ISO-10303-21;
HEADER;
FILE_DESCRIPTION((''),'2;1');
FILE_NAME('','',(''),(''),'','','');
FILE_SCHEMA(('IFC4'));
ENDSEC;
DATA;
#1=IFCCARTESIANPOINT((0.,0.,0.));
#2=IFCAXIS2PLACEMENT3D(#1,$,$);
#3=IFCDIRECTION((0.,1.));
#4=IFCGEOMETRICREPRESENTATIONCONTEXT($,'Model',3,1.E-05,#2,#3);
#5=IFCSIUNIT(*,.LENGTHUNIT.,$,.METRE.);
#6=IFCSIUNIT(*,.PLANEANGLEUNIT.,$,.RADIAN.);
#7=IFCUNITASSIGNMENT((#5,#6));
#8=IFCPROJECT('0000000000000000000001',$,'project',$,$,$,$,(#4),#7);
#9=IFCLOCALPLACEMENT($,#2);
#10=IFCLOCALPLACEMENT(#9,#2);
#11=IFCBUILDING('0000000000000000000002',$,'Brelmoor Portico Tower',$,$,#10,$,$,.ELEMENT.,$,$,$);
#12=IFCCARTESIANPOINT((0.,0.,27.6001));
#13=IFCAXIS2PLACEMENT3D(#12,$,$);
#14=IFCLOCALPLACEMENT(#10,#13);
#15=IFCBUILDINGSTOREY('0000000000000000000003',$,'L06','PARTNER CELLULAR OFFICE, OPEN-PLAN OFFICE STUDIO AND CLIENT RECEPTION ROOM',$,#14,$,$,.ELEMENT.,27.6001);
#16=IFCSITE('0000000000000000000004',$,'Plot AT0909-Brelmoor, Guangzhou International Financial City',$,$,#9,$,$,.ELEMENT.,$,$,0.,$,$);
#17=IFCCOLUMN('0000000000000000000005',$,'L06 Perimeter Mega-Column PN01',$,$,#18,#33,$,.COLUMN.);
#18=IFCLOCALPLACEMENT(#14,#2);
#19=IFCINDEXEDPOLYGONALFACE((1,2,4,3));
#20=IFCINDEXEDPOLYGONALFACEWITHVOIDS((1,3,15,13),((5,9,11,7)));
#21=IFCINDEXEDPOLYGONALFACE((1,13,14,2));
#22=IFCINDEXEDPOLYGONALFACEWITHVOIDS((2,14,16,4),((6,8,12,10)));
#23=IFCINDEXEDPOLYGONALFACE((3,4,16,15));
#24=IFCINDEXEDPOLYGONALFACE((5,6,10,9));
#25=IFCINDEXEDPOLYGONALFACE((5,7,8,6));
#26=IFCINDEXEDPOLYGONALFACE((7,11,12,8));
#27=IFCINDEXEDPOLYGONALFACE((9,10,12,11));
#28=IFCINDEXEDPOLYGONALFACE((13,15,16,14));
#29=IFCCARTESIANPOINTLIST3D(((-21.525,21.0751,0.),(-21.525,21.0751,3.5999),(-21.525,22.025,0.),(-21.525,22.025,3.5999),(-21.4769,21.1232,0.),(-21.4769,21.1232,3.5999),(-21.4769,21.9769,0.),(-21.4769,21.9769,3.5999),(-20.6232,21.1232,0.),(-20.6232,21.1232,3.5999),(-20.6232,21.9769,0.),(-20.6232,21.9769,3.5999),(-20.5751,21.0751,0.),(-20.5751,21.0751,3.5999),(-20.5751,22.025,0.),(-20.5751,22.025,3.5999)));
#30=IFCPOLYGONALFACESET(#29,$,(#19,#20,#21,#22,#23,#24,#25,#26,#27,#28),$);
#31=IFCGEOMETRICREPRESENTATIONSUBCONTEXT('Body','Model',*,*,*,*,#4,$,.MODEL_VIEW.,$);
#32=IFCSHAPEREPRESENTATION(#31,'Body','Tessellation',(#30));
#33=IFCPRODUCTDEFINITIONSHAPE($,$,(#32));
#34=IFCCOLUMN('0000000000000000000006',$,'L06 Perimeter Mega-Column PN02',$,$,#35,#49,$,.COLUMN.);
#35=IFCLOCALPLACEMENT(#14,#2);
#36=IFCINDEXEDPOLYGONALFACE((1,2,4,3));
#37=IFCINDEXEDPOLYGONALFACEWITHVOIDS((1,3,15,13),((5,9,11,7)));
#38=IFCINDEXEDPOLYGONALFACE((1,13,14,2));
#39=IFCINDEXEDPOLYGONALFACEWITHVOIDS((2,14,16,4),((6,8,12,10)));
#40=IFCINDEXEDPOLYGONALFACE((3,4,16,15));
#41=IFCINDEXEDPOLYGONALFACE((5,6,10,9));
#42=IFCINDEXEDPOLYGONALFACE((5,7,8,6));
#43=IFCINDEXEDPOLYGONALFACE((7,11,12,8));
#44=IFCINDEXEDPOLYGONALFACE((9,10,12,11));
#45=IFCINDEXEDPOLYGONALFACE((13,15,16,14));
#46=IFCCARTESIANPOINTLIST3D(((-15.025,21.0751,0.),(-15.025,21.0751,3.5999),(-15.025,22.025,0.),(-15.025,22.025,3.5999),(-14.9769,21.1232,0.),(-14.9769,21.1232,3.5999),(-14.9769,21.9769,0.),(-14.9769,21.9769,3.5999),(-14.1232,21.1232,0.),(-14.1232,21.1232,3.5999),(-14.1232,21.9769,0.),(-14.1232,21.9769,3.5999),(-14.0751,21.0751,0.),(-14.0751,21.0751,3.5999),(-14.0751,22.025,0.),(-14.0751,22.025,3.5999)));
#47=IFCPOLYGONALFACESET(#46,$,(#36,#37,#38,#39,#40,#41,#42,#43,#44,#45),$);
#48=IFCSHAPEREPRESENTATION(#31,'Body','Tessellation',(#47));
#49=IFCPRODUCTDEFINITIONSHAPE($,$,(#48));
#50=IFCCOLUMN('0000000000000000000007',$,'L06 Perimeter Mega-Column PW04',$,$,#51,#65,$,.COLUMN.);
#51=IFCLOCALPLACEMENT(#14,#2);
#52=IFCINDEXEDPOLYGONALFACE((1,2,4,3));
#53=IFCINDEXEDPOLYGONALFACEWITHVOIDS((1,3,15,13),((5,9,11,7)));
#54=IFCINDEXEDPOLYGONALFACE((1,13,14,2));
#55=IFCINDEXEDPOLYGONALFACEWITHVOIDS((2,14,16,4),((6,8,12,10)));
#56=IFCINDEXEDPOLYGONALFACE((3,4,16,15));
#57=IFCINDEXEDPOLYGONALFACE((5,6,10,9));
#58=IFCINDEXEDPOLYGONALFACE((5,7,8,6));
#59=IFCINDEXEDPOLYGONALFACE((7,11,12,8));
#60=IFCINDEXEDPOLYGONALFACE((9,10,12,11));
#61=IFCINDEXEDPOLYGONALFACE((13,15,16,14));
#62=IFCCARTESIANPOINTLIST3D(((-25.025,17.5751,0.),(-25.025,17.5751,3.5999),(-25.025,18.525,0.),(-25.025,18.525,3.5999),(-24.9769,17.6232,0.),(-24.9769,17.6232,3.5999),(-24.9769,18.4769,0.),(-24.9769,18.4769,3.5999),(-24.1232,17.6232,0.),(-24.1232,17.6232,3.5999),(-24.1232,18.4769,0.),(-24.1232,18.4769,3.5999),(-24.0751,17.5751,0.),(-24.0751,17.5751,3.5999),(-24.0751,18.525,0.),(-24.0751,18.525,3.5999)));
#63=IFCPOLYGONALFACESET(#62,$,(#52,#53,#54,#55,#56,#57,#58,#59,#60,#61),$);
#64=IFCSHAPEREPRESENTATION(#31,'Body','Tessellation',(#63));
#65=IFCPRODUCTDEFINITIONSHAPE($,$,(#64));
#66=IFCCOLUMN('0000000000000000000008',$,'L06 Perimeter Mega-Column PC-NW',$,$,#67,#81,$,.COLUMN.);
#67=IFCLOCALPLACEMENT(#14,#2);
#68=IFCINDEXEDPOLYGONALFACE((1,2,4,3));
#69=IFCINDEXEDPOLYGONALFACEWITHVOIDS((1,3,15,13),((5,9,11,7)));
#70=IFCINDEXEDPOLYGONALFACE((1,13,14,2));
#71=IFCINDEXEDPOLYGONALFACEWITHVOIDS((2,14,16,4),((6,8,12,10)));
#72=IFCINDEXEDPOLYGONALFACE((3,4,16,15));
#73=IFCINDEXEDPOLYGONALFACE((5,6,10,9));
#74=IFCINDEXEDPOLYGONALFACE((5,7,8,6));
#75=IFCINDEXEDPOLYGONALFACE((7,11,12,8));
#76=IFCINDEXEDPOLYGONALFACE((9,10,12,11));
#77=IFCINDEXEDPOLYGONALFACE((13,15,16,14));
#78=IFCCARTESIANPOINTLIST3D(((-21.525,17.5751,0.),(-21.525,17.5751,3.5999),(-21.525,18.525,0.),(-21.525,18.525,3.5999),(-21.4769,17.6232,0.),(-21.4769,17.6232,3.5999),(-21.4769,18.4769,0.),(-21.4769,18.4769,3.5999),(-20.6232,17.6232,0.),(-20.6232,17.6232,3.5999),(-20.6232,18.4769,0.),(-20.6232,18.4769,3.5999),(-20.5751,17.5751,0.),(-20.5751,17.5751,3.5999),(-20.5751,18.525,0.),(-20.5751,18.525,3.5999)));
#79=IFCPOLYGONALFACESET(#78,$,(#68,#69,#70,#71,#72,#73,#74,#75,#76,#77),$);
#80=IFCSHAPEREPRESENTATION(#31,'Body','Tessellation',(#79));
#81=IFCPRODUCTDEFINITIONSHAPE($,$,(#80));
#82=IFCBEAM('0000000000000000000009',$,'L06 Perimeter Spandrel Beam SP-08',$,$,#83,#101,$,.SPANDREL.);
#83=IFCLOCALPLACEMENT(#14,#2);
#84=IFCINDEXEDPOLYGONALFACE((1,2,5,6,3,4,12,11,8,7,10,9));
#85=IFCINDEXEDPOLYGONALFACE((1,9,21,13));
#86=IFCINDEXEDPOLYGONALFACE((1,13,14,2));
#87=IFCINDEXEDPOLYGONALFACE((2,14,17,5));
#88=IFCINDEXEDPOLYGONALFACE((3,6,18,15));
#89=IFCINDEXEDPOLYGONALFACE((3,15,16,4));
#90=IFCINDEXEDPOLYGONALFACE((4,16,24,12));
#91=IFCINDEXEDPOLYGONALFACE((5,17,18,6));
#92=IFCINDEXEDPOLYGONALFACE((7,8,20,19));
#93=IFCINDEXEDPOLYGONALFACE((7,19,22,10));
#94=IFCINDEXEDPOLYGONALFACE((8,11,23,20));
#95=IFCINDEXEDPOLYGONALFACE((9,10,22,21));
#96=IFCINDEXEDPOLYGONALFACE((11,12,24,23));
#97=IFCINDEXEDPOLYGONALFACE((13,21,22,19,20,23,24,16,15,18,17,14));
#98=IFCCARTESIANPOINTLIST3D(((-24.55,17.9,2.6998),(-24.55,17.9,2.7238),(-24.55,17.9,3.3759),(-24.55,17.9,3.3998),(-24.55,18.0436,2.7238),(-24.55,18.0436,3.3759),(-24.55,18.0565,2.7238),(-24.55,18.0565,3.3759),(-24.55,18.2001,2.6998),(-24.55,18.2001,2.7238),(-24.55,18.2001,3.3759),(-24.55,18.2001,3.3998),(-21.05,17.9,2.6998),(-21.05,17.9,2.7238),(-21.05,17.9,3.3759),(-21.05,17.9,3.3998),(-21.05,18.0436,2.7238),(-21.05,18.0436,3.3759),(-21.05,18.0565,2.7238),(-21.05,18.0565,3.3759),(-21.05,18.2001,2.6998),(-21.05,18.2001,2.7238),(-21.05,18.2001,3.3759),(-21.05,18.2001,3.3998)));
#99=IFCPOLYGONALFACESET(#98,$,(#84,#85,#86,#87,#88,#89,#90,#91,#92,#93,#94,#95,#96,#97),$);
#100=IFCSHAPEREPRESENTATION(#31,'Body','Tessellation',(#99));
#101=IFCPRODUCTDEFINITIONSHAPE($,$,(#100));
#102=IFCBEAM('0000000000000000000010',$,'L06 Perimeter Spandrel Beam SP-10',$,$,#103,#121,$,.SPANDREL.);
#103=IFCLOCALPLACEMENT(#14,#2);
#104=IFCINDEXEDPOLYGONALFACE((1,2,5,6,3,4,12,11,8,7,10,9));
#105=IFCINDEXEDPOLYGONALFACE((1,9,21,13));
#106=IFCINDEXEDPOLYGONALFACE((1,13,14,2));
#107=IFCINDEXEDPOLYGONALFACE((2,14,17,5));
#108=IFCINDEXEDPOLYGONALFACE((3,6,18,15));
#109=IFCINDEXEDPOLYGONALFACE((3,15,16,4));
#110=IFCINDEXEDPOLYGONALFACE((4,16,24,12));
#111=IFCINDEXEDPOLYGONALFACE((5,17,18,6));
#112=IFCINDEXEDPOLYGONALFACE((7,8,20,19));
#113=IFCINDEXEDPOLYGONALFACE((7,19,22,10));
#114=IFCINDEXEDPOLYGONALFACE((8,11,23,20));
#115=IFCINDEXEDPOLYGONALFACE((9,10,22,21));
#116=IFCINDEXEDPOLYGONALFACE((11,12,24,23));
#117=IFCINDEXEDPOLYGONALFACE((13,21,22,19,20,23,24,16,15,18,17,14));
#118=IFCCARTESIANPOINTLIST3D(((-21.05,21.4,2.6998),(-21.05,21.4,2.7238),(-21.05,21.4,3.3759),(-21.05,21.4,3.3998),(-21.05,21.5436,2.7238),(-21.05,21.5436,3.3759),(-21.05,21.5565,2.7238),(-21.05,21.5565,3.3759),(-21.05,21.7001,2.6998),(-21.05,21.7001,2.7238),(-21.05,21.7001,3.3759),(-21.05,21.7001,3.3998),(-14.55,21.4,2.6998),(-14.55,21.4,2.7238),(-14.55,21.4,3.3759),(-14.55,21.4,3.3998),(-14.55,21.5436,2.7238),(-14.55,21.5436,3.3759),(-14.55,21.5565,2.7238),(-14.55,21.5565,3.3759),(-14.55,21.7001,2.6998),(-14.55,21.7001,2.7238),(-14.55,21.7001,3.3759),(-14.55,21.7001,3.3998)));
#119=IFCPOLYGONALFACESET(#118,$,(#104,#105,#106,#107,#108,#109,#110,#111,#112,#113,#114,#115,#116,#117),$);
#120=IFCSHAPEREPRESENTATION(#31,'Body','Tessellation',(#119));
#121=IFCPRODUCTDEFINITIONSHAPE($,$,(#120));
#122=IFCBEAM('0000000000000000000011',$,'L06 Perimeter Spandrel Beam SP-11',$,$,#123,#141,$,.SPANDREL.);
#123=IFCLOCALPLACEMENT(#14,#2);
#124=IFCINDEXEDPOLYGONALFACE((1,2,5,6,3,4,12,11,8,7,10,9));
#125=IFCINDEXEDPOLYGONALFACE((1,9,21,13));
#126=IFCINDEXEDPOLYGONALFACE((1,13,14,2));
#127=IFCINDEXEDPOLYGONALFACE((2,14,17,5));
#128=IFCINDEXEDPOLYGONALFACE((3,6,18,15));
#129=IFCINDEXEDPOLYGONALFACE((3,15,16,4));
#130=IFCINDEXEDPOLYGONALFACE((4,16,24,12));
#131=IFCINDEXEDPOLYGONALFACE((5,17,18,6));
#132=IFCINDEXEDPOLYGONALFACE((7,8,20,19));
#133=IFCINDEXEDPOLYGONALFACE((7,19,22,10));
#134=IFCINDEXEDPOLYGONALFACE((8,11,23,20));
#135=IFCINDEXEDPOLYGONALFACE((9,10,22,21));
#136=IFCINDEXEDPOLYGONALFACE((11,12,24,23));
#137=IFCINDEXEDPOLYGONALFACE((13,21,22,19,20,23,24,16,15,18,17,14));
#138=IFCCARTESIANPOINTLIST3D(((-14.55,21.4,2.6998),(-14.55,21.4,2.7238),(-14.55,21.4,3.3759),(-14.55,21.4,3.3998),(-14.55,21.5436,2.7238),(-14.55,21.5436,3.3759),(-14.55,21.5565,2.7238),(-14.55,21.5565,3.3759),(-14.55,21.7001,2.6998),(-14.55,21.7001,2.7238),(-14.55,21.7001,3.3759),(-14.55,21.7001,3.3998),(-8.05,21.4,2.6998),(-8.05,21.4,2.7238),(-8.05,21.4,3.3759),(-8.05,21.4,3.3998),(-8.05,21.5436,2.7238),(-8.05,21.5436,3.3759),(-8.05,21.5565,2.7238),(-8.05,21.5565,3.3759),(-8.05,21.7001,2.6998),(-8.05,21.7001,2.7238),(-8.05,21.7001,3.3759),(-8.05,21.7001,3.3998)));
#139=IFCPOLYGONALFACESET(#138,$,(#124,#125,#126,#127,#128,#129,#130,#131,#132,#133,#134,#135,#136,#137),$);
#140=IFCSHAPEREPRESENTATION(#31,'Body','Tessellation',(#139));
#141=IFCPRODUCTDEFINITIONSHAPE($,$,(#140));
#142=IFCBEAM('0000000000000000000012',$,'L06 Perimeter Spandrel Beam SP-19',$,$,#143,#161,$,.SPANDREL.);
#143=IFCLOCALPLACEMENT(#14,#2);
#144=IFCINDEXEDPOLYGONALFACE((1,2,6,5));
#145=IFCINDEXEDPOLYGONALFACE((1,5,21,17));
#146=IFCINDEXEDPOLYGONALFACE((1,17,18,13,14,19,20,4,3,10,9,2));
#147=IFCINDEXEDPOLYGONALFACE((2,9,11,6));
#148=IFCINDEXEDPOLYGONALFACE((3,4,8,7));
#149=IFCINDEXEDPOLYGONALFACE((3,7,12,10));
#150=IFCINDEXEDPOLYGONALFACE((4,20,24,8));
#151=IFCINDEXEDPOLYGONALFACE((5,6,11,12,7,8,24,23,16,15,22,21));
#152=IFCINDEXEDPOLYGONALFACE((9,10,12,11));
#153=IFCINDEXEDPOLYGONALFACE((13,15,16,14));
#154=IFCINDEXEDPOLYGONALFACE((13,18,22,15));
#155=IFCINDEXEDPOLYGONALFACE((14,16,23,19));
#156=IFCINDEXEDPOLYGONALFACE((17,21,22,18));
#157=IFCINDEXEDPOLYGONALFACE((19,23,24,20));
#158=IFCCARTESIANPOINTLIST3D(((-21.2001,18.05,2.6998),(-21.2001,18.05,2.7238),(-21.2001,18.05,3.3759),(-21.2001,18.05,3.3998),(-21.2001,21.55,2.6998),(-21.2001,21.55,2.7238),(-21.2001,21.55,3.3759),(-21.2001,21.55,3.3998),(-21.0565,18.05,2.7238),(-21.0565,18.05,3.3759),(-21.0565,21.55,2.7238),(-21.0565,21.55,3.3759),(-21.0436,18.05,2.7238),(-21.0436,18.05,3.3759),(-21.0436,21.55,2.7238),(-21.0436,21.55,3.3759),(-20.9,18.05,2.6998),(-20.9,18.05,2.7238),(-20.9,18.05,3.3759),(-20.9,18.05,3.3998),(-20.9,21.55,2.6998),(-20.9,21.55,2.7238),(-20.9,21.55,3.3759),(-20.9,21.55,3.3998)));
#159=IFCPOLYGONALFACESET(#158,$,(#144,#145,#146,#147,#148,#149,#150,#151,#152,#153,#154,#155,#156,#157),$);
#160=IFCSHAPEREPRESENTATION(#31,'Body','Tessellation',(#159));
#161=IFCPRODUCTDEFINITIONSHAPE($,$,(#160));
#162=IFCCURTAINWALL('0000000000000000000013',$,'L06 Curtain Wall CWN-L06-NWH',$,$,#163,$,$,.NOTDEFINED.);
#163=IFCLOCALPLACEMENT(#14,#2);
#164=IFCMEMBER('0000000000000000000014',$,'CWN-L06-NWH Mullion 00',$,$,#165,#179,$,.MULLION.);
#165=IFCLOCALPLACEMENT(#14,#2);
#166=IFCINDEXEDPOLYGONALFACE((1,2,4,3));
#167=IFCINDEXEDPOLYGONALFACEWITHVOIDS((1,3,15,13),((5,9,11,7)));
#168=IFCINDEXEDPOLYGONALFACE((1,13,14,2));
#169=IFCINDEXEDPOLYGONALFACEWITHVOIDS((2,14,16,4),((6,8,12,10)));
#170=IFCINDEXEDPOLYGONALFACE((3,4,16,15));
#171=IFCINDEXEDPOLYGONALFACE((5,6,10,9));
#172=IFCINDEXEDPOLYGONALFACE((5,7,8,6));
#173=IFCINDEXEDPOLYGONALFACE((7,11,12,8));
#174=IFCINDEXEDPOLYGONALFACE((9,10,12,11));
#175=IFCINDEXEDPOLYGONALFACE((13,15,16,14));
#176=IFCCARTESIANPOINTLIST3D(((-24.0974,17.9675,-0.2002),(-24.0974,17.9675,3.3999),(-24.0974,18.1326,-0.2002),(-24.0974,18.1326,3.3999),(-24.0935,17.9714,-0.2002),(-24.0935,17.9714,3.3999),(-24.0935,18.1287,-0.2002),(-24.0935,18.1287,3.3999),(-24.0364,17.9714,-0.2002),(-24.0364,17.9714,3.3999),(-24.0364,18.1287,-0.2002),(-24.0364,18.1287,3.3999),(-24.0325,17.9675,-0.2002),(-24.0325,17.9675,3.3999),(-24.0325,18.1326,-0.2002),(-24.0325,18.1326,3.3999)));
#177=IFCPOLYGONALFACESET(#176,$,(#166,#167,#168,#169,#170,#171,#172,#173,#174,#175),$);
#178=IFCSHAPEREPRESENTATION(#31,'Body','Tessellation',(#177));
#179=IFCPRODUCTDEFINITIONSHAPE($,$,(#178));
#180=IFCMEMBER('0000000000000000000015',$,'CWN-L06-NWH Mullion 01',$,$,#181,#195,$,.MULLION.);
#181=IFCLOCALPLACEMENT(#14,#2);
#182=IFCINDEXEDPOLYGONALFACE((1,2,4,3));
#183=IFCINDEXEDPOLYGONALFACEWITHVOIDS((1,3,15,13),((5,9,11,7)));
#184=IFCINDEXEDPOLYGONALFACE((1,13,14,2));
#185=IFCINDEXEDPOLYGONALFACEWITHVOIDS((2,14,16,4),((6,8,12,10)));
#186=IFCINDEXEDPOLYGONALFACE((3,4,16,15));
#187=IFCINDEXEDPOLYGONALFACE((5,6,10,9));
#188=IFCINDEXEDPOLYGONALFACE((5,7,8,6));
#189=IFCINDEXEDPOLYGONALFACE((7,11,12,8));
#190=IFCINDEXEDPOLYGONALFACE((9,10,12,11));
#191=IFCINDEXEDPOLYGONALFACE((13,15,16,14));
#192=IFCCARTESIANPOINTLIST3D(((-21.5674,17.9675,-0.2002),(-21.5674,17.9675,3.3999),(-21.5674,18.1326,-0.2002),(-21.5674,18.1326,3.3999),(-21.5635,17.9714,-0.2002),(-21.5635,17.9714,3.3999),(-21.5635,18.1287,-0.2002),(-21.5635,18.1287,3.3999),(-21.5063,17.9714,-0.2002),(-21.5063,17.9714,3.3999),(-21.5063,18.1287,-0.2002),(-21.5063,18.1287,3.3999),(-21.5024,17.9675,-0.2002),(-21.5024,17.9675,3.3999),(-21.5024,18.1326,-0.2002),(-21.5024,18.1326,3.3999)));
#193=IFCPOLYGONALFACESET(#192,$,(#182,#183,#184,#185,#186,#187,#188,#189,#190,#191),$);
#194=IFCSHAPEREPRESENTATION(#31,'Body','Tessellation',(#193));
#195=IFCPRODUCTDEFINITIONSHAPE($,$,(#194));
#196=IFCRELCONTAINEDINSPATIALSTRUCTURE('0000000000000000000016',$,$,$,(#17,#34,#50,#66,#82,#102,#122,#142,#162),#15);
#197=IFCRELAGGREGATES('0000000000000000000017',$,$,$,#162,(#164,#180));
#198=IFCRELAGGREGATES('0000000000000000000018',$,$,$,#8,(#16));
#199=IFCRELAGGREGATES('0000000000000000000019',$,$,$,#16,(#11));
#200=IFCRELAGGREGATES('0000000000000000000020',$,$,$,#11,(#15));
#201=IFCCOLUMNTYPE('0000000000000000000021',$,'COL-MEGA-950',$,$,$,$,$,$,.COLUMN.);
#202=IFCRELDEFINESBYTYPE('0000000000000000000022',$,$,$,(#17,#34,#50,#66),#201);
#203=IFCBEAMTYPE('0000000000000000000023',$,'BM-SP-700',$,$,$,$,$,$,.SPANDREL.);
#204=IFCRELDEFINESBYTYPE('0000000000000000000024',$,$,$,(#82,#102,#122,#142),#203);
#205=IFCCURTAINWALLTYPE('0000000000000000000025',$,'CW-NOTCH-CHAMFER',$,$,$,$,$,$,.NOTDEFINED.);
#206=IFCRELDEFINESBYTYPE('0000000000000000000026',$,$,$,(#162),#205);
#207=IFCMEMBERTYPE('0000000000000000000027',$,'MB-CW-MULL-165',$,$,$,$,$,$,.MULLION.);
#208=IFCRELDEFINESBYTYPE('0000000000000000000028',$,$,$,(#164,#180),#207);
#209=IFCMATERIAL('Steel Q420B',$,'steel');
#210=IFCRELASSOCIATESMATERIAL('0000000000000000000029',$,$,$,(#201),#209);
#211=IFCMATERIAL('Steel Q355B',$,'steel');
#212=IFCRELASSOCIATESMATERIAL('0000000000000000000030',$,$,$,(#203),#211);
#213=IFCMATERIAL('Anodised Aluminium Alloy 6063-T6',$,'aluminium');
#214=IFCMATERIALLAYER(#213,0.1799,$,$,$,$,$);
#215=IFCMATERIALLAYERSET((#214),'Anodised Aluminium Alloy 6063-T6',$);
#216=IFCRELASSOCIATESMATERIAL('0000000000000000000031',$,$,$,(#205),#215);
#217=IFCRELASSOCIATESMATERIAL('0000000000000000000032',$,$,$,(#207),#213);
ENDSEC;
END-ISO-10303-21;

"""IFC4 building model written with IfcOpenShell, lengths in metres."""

from ifc_helpers import new_model, si_unit, direction, frame, origin, origin_2d, place, context, subcontext, project, spatial, hollow_rectangle, i_section, extrude, material, layer, layer_set, material_profile, profile_set, type_object, element, aggregate, save


model = new_model("IFC4")

# Units and contexts
model_context = context("Model", 3, precision=1e-05, world=origin(), true_north=direction((0.0, 1.0)))
body_context = subcontext(model_context, "Body", "Model", "MODEL_VIEW")
ifc_project = project(units=[si_unit("LENGTHUNIT", "METRE"), si_unit("PLANEANGLEUNIT", "RADIAN")], contexts=[model_context])

# Site, building, storey
site_placement = place(None, origin())
site = spatial("IfcSite", under=ifc_project, at=site_placement, Name="Plot AT0909-Brelmoor, Guangzhou International Financial City", CompositionType="ELEMENT", RefElevation=0.0)
building_placement = place(site_placement, origin())
building = spatial("IfcBuilding", under=site, at=building_placement, Name="Brelmoor Portico Tower", CompositionType="ELEMENT")
storey_placement = place(building_placement, frame((0.0, 0.0, 27.6001)))
storey = spatial("IfcBuildingStorey", under=building, at=storey_placement, Name="L06", Description="PARTNER CELLULAR OFFICE, OPEN-PLAN OFFICE STUDIO AND CLIENT RECEPTION ROOM", CompositionType="ELEMENT", Elevation=27.6001)

# Columns
ifc_material_1 = material(Name="Steel Q420B", Category="steel")
ifc_material_profile_1 = material_profile(ifc_material_1, hollow_rectangle(XDim=0.95, YDim=0.95, WallThickness=0.0481, at=origin_2d()), Name="BOX 950x950x48")
ifc_profile_set_1 = profile_set([ifc_material_profile_1], Name="Steel Q420B")
column_type = type_object("IfcColumnType", Name="COL-MEGA-950", PredefinedType="COLUMN", material=ifc_profile_set_1)
for number, where, z_axis, x_axis, name in (
    (1, (-21.05, 21.55, 0.0), (0.0, 0.0, 1.0), (1.0, 0.0, 0.0), "L06 Perimeter Mega-Column PN01"),
    (2, (-14.55, 21.55, 0.0), (0.0, 0.0, 1.0), (1.0, 0.0, 0.0), "L06 Perimeter Mega-Column PN02"),
    (3, (-24.55, 18.05, 0.0), (0.0, 0.0, 1.0), (0.0, 1.0, 0.0), "L06 Perimeter Mega-Column PW04"),
    (4, (-21.05, 18.05, 0.0), (0.0, 0.0, 1.0), (1.0, 0.0, 0.0), "L06 Perimeter Mega-Column PC-NW"),
):
    element("IfcColumn", number, at=place(storey_placement, frame(where, z_axis=z_axis, x_axis=x_axis)), inside=storey, type_object=column_type, Name=name, PredefinedType="COLUMN", context=body_context, shape_type="SweptSolid", body=[
        extrude(hollow_rectangle(XDim=0.95, YDim=0.95, WallThickness=0.0481, at=origin_2d()), origin(), (0.0, 0.0, 1.0), 3.5999),
    ])

# Beams
ifc_material_2 = material(Name="Steel Q355B", Category="steel")
ifc_material_profile_2 = material_profile(ifc_material_2, i_section(OverallWidth=0.3, OverallDepth=0.7, WebThickness=0.0129, FlangeThickness=0.0239, at=origin_2d()), Name="HN 700x300x13x24")
ifc_profile_set_2 = profile_set([ifc_material_profile_2], Name="Steel Q355B")
beam_type = type_object("IfcBeamType", Name="BM-SP-700", PredefinedType="SPANDREL", material=ifc_profile_set_2)
beam_1_placement = place(storey_placement, frame((-24.55, 18.05, 3.0498), z_axis=(1.0, 0.0, 0.0), x_axis=(0.0, 1.0, 0.0)))
element("IfcBeam", 5, at=beam_1_placement, inside=storey, type_object=beam_type, Name="L06 Perimeter Spandrel Beam SP-08", PredefinedType="SPANDREL", context=body_context, shape_type="SweptSolid", body=[
    extrude(i_section(OverallWidth=0.3, OverallDepth=0.7, WebThickness=0.0129, FlangeThickness=0.0239, at=origin_2d()), origin(), (0.0, 0.0, 1.0), 3.5),
])
for number, where, z_axis, x_axis, name in (
    (6, (-21.05, 21.55, 3.0498), (1.0, 0.0, 0.0), (0.0, 1.0, 0.0), "L06 Perimeter Spandrel Beam SP-10"),
    (7, (-14.55, 21.55, 3.0498), (1.0, 0.0, 0.0), (0.0, 1.0, 0.0), "L06 Perimeter Spandrel Beam SP-11"),
):
    element("IfcBeam", number, at=place(storey_placement, frame(where, z_axis=z_axis, x_axis=x_axis)), inside=storey, type_object=beam_type, Name=name, PredefinedType="SPANDREL", context=body_context, shape_type="SweptSolid", body=[
        extrude(i_section(OverallWidth=0.3, OverallDepth=0.7, WebThickness=0.0129, FlangeThickness=0.0239, at=origin_2d()), origin(), (0.0, 0.0, 1.0), 6.5),
    ])
beam_2_placement = place(storey_placement, frame((-21.05, 18.05, 3.0498), z_axis=(0.0, 1.0, 0.0), x_axis=(-1.0, 0.0, 0.0)))
element("IfcBeam", 8, at=beam_2_placement, inside=storey, type_object=beam_type, Name="L06 Perimeter Spandrel Beam SP-19", PredefinedType="SPANDREL", context=body_context, shape_type="SweptSolid", body=[
    extrude(i_section(OverallWidth=0.3, OverallDepth=0.7, WebThickness=0.0129, FlangeThickness=0.0239, at=origin_2d()), origin(), (0.0, 0.0, 1.0), 3.5),
])

# Curtain wall, members
ifc_material_3 = material(Name="Anodised Aluminium Alloy 6063-T6", Category="aluminium")
ifc_layer_1 = layer(ifc_material_3, 0.1799)
ifc_layer_set_1 = layer_set([ifc_layer_1], Name="Anodised Aluminium Alloy 6063-T6")
curtain_wall_type_1 = type_object("IfcCurtainWallType", Name="CW-NOTCH-CHAMFER", PredefinedType="NOTDEFINED", material=ifc_layer_set_1)
curtain_wall_1_placement = place(storey_placement, origin())
curtain_wall_1 = element("IfcCurtainWall", 9, at=curtain_wall_1_placement, inside=storey, type_object=curtain_wall_type_1, Name="L06 Curtain Wall CWN-L06-NWH", PredefinedType="NOTDEFINED")
ifc_material_profile_3 = material_profile(ifc_material_3, hollow_rectangle(XDim=0.0649, YDim=0.165, WallThickness=0.0039, at=origin_2d()), Name="ALU MULLION 65x165")
ifc_profile_set_3 = profile_set([ifc_material_profile_3], Name="Anodised Aluminium Alloy 6063-T6")
member_type_1 = type_object("IfcMemberType", Name="MB-CW-MULL-165", PredefinedType="MULLION", material=ifc_profile_set_3)
member_1_placement = place(storey_placement, frame((-24.0649, 18.05, -0.2002), z_axis=(0.0, 0.0, 1.0), x_axis=(1.0, 0.0, 0.0)))
member_1 = element("IfcMember", 10, at=member_1_placement, type_object=member_type_1, Name="CWN-L06-NWH Mullion 00", PredefinedType="MULLION", context=body_context, shape_type="SweptSolid", body=[
    extrude(hollow_rectangle(XDim=0.0649, YDim=0.165, WallThickness=0.0039, at=origin_2d()), origin(), (0.0, 0.0, 1.0), 3.6001),
])
member_2_placement = place(storey_placement, frame((-21.5349, 18.05, -0.2002), z_axis=(0.0, 0.0, 1.0), x_axis=(1.0, 0.0, 0.0)))
member_2 = element("IfcMember", 11, at=member_2_placement, type_object=member_type_1, Name="CWN-L06-NWH Mullion 01", PredefinedType="MULLION", context=body_context, shape_type="SweptSolid", body=[
    extrude(hollow_rectangle(XDim=0.0649, YDim=0.165, WallThickness=0.0039, at=origin_2d()), origin(), (0.0, 0.0, 1.0), 3.6001),
])

aggregate(curtain_wall_1, [member_1, member_2])

save(model, "model.ifc")
